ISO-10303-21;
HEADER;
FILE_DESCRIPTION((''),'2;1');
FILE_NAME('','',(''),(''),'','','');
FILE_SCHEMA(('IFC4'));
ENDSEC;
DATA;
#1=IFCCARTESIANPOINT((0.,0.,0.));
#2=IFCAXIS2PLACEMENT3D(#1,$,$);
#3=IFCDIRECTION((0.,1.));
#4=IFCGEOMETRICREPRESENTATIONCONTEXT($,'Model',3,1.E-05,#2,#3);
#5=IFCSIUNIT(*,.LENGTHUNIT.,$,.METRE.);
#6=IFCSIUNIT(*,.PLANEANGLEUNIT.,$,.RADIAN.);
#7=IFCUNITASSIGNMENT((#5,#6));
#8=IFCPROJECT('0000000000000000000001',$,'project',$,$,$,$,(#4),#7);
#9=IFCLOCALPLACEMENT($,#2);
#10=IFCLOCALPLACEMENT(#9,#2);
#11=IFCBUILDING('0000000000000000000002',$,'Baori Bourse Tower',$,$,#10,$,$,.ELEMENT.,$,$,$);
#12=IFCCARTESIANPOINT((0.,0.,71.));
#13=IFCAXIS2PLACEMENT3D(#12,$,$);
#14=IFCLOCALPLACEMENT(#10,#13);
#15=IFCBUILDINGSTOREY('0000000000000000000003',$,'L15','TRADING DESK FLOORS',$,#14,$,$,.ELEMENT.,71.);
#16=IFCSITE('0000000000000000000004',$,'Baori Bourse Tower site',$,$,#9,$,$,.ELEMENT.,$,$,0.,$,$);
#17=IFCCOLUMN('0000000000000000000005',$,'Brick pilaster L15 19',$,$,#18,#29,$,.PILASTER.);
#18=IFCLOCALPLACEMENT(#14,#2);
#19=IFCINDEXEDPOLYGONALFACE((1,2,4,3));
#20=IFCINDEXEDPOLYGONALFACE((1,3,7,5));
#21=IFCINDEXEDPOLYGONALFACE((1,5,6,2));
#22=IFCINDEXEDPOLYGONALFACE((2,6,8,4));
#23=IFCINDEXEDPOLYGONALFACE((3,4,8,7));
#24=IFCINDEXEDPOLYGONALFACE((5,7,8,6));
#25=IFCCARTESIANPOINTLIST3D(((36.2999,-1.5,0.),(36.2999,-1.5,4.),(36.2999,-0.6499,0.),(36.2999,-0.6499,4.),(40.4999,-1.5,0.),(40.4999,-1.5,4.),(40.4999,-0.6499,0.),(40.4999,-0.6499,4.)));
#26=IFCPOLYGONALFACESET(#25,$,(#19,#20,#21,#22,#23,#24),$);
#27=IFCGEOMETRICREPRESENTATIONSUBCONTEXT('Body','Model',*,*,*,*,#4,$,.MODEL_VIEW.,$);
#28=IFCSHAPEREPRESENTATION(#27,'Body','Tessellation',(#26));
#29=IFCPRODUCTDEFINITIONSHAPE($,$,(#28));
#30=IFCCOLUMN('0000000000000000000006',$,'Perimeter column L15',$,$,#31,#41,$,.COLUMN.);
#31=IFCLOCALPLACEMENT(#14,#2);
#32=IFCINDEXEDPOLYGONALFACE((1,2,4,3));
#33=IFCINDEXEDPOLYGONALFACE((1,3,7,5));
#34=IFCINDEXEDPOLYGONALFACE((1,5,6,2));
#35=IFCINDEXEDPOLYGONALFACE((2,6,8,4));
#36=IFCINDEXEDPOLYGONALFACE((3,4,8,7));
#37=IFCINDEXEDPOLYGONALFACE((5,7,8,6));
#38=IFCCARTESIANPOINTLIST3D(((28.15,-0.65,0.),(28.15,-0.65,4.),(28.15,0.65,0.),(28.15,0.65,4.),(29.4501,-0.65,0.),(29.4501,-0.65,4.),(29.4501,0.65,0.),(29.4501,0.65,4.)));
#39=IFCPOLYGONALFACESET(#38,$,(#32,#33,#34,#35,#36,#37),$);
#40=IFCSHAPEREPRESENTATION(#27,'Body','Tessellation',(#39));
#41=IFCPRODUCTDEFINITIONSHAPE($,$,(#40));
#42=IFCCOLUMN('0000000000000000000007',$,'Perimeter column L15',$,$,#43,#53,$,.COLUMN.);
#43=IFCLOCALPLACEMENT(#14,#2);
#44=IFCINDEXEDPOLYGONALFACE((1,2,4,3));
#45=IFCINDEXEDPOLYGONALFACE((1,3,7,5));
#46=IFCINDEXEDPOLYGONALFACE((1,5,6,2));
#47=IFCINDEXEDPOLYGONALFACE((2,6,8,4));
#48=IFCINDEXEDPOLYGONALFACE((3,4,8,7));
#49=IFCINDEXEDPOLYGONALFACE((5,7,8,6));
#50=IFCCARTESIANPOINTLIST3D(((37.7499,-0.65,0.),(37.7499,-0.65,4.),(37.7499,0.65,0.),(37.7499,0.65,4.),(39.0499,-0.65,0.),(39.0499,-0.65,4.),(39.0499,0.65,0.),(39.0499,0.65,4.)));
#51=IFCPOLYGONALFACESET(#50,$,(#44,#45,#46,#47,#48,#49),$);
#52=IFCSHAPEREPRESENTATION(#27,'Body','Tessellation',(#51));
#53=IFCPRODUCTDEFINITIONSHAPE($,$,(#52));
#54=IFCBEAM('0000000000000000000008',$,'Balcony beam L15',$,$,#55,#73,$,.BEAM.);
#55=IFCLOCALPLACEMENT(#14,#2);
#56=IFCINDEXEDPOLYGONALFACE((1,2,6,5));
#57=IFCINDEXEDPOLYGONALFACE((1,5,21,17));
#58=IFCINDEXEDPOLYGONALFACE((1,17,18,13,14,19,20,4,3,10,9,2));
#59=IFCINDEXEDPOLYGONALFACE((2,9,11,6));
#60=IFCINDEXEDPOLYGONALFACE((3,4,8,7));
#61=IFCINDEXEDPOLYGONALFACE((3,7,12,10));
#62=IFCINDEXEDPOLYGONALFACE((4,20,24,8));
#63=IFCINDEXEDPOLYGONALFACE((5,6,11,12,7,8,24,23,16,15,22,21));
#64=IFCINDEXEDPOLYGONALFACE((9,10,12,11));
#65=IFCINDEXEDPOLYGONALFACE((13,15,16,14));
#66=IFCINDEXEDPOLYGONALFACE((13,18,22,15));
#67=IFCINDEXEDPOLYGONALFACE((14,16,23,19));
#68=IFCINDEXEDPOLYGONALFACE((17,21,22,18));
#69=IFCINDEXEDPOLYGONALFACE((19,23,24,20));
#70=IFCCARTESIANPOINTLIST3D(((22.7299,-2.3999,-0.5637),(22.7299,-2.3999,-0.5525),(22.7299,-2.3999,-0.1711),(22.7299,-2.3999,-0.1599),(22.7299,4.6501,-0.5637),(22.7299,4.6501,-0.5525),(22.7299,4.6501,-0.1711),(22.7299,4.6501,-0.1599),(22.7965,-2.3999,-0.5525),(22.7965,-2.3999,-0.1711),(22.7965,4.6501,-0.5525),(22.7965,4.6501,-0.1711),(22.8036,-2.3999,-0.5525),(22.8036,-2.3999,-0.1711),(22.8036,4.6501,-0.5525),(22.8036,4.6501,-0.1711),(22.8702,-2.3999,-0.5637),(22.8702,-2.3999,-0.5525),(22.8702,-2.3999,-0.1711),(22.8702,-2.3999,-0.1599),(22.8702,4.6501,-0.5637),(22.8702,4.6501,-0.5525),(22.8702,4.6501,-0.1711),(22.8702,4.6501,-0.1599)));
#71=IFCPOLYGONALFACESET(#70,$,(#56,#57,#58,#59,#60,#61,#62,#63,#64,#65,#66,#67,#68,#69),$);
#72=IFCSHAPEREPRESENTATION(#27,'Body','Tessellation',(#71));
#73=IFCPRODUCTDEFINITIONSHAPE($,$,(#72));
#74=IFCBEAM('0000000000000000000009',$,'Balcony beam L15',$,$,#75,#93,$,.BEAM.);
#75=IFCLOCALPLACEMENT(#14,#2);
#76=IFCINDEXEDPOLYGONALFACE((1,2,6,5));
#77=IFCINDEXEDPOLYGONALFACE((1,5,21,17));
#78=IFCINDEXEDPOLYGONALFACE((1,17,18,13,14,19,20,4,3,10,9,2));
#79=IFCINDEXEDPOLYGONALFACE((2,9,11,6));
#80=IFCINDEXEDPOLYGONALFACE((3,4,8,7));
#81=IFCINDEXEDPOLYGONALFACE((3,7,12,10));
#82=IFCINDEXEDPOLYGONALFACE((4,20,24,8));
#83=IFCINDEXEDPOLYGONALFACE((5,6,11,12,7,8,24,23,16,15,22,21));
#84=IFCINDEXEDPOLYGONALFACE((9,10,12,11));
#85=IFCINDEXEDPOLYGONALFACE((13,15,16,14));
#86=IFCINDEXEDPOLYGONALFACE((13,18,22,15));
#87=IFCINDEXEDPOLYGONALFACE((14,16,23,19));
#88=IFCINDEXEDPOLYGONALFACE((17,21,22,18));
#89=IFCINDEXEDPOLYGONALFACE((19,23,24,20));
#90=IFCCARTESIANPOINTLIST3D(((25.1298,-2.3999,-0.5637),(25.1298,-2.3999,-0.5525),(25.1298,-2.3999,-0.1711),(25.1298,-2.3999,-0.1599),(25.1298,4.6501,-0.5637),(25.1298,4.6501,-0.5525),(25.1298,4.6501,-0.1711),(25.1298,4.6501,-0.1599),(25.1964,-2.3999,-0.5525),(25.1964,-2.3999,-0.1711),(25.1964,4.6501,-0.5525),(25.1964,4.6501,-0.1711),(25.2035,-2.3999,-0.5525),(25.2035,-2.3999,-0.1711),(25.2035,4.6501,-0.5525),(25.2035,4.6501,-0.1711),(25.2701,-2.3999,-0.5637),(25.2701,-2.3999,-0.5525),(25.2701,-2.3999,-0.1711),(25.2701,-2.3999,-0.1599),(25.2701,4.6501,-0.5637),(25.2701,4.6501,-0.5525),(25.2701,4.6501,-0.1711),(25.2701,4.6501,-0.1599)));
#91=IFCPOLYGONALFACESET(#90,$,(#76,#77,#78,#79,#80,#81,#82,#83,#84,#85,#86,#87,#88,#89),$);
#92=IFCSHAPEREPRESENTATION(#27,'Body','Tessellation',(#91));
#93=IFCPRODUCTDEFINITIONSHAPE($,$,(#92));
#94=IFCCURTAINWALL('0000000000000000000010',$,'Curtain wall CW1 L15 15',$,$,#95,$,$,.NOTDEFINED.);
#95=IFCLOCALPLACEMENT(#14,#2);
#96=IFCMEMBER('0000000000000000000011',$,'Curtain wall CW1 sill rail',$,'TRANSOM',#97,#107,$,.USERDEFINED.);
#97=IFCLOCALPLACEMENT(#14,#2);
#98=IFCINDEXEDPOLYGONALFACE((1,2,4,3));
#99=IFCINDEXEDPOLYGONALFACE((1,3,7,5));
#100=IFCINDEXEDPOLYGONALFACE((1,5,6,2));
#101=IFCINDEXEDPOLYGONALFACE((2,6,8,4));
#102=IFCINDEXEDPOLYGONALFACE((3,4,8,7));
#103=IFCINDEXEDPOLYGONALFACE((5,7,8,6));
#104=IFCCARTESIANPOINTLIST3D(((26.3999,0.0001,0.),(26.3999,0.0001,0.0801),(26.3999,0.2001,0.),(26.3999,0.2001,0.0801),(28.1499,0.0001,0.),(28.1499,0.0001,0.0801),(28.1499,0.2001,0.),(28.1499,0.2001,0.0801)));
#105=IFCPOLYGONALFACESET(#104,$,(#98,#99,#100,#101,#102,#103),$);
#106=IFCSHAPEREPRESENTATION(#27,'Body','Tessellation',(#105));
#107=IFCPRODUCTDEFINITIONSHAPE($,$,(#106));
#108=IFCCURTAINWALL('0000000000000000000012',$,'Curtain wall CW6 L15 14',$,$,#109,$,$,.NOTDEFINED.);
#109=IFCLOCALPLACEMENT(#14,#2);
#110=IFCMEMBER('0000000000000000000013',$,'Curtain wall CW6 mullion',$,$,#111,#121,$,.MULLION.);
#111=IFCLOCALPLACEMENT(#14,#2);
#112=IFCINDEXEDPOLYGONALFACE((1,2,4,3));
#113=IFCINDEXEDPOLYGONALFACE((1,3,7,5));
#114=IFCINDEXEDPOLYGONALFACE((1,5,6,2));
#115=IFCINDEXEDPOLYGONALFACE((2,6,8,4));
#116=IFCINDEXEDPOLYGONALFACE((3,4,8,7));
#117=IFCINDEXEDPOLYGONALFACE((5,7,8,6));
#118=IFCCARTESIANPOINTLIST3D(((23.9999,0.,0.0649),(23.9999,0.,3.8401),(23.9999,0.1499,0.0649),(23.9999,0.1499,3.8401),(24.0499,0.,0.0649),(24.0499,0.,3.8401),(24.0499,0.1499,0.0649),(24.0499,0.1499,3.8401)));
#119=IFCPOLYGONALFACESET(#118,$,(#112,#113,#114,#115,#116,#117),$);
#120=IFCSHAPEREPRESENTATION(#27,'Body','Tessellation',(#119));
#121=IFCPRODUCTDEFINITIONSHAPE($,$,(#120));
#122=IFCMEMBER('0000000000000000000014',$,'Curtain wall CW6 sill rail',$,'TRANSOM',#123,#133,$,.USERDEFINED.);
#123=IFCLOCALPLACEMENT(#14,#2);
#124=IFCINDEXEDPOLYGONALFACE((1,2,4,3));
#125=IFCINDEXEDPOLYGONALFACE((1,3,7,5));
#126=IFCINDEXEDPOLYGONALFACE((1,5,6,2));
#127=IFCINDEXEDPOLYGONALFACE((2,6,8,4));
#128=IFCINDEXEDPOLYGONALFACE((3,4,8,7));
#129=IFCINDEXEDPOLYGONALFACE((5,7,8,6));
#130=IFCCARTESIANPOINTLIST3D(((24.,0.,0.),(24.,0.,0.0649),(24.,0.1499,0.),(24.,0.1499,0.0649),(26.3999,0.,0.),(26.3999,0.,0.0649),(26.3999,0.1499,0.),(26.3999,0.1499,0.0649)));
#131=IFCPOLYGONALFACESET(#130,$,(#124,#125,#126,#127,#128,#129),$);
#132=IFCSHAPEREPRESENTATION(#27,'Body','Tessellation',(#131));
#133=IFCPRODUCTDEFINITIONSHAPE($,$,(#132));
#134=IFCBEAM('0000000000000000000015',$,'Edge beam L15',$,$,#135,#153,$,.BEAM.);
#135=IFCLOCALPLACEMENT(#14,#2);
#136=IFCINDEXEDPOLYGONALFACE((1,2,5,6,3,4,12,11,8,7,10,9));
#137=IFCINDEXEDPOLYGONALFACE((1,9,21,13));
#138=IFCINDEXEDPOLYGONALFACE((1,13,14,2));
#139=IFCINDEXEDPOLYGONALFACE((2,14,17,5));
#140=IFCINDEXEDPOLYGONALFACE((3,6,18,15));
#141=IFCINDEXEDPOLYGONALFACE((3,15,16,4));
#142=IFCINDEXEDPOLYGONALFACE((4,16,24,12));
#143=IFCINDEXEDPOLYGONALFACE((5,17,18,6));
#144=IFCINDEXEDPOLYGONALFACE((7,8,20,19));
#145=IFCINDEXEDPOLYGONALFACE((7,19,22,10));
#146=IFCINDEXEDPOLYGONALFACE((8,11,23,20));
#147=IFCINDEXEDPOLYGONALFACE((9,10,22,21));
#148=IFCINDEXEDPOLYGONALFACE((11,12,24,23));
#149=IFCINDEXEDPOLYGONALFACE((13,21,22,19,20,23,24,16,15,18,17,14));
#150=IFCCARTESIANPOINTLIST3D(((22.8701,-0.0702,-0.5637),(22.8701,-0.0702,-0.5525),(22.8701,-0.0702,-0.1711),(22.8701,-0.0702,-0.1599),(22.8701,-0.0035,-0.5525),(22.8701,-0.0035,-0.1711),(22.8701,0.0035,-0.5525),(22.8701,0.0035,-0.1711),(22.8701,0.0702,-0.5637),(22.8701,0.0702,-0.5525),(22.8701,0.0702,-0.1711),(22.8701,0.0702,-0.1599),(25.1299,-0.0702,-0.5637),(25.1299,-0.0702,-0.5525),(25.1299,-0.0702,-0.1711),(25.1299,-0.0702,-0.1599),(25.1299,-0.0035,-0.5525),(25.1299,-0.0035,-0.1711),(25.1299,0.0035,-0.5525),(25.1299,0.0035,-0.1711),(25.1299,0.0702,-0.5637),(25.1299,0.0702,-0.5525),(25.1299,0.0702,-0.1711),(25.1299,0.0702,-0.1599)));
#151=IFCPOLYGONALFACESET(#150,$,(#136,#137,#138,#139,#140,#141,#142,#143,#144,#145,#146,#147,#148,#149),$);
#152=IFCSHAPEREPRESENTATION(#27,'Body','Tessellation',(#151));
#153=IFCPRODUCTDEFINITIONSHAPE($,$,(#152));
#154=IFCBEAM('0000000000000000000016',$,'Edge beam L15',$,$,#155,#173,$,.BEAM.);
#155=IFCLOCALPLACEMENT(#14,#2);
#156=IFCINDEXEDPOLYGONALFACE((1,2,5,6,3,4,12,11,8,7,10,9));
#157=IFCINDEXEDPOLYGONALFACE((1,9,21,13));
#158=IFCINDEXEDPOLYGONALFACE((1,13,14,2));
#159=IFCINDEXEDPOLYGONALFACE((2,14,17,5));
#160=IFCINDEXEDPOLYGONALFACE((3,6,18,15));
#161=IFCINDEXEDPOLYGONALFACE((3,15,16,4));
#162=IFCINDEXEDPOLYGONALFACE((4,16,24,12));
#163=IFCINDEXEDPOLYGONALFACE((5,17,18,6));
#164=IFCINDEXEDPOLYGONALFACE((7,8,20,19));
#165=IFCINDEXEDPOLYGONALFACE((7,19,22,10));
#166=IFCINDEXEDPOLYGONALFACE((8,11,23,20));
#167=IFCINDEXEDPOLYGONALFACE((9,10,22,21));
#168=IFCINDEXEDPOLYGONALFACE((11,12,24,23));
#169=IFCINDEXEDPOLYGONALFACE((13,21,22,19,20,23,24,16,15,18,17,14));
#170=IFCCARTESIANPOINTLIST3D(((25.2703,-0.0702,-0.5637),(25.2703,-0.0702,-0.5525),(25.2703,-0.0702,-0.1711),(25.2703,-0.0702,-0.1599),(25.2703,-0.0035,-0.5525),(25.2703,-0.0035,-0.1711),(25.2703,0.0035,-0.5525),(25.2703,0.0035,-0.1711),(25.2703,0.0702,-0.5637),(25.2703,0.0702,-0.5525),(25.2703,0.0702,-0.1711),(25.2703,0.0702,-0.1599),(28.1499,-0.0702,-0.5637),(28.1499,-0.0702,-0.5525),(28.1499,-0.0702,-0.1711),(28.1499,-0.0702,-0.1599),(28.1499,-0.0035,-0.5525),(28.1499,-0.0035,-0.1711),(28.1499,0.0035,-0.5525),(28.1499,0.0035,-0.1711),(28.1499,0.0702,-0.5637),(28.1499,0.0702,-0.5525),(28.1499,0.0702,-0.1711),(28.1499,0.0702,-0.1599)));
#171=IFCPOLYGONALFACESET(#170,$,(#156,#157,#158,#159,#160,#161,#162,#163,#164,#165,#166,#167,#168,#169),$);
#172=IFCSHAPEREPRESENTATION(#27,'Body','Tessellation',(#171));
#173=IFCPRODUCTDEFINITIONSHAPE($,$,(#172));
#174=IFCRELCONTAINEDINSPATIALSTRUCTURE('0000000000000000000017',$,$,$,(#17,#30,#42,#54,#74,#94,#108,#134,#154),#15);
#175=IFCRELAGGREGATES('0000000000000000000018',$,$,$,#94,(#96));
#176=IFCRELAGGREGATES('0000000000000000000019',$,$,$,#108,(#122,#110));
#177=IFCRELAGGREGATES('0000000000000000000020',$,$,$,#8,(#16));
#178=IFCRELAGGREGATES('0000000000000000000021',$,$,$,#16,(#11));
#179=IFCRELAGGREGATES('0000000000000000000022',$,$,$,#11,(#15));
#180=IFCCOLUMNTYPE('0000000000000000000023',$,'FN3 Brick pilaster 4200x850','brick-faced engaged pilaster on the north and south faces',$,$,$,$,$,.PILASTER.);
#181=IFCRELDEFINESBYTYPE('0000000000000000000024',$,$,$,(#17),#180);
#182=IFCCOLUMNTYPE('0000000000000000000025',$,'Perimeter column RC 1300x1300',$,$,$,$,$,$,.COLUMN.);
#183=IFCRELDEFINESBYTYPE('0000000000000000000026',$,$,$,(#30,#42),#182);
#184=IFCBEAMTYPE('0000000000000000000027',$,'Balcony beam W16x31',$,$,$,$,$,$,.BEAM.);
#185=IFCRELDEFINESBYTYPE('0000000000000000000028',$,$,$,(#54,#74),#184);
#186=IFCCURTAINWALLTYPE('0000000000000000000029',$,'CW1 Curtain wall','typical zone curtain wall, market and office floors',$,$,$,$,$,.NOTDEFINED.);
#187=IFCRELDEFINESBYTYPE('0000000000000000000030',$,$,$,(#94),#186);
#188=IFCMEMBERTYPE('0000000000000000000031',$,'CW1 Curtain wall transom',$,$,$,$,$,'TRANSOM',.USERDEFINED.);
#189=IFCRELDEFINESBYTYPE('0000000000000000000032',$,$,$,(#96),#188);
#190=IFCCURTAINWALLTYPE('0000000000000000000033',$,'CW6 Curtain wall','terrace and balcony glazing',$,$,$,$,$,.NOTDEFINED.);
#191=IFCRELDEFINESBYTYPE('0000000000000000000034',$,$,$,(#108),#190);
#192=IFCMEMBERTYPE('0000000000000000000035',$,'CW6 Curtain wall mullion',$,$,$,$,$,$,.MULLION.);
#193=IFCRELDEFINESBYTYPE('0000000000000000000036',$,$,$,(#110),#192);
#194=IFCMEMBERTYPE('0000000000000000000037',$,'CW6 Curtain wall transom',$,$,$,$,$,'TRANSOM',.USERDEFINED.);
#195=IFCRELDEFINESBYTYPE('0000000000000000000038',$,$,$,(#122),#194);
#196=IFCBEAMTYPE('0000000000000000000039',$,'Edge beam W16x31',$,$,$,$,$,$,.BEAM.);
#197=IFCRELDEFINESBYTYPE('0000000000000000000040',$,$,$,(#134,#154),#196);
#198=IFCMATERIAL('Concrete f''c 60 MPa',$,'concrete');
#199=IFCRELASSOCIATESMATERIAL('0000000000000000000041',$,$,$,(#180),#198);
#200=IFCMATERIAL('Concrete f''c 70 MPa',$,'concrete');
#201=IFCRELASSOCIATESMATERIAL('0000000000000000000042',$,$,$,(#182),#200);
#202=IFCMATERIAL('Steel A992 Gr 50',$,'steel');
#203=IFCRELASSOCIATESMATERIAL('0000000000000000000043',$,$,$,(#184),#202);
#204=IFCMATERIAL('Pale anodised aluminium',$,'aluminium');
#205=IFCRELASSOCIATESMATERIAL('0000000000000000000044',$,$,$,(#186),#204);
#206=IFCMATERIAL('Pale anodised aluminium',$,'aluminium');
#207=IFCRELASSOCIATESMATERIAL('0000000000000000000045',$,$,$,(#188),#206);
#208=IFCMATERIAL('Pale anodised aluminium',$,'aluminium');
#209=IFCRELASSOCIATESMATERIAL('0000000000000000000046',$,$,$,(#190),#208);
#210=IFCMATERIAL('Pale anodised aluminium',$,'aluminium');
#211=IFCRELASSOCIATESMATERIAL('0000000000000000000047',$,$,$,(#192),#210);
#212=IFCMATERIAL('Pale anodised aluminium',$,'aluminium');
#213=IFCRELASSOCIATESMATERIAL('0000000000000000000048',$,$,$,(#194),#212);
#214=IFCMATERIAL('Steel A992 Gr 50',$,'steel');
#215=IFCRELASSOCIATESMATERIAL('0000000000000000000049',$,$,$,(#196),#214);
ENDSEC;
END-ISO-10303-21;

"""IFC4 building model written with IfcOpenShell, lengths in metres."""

from ifc_helpers import new_model, si_unit, direction, frame, origin, origin_2d, place, context, subcontext, project, spatial, rectangle, i_section, extrude, material, material_profile, profile_set, type_object, element, aggregate, save


model = new_model("IFC4")

# Units and contexts
model_context = context("Model", 3, precision=1e-05, world=origin(), true_north=direction((0.0, 1.0)))
body_context = subcontext(model_context, "Body", "Model", "MODEL_VIEW")
ifc_project = project(units=[si_unit("LENGTHUNIT", "METRE"), si_unit("PLANEANGLEUNIT", "RADIAN")], contexts=[model_context])

# Site, building, storey
site_placement = place(None, origin())
site = spatial("IfcSite", under=ifc_project, at=site_placement, Name="Baori Bourse Tower site", CompositionType="ELEMENT", RefElevation=0.0)
building_placement = place(site_placement, origin())
building = spatial("IfcBuilding", under=site, at=building_placement, Name="Baori Bourse Tower", CompositionType="ELEMENT")
storey_placement = place(building_placement, frame((0.0, 0.0, 71.0)))
storey = spatial("IfcBuildingStorey", under=building, at=storey_placement, Name="L15", Description="TRADING DESK FLOORS", CompositionType="ELEMENT", Elevation=71.0)

# Columns
ifc_material_1 = material(Name="Concrete f'c 60 MPa", Category="concrete")
ifc_material_profile_1 = material_profile(ifc_material_1, rectangle(XDim=4.2, YDim=0.8501, at=origin_2d()), Name="RC 4200x850")
ifc_profile_set_1 = profile_set([ifc_material_profile_1], Name="Concrete f'c 60 MPa")
column_type_1 = type_object("IfcColumnType", Name="FN3 Brick pilaster 4200x850", Description="brick-faced engaged pilaster on the north and south faces", PredefinedType="PILASTER", material=ifc_profile_set_1)
column_placement = place(storey_placement, frame((38.3999, -1.075, 0.0), z_axis=(0.0, 0.0, 1.0), x_axis=(1.0, 0.0, 0.0)))
element("IfcColumn", 1, at=column_placement, inside=storey, type_object=column_type_1, Name="Brick pilaster L15 19", PredefinedType="PILASTER", context=body_context, shape_type="SweptSolid", body=[
    extrude(rectangle(XDim=4.2, YDim=0.8501, at=origin_2d()), origin(), (0.0, 0.0, 1.0), 4.0),
])
ifc_material_2 = material(Name="Concrete f'c 70 MPa", Category="concrete")
ifc_material_profile_2 = material_profile(ifc_material_2, rectangle(XDim=1.3, YDim=1.3, at=origin_2d()), Name="RC 1300x1300")
ifc_profile_set_2 = profile_set([ifc_material_profile_2], Name="Concrete f'c 70 MPa")
column_type_2 = type_object("IfcColumnType", Name="Perimeter column RC 1300x1300", PredefinedType="COLUMN", material=ifc_profile_set_2)
for number, where, z_axis, x_axis, name in (
    (2, (28.8, 0.0, 0.0), (0.0, 0.0, 1.0), (1.0, 0.0, 0.0), "Perimeter column L15"),
    (3, (38.3999, 0.0, 0.0), (0.0, 0.0, 1.0), (1.0, 0.0, 0.0), "Perimeter column L15"),
):
    element("IfcColumn", number, at=place(storey_placement, frame(where, z_axis=z_axis, x_axis=x_axis)), inside=storey, type_object=column_type_2, Name=name, PredefinedType="COLUMN", context=body_context, shape_type="SweptSolid", body=[
        extrude(rectangle(XDim=1.3, YDim=1.3, at=origin_2d()), origin(), (0.0, 0.0, 1.0), 4.0),
    ])

# Beams
ifc_material_3 = material(Name="Steel A992 Gr 50", Category="steel")
ifc_material_profile_3 = material_profile(ifc_material_3, i_section(OverallWidth=0.1404, OverallDepth=0.4038, WebThickness=0.0071, FlangeThickness=0.0112, at=origin_2d()), Name="W16x31")
ifc_profile_set_3 = profile_set([ifc_material_profile_3], Name="Steel A992 Gr 50")
beam_type_1 = type_object("IfcBeamType", Name="Balcony beam W16x31", PredefinedType="BEAM", material=ifc_profile_set_3)
for number, where, z_axis, x_axis, name in (
    (4, (22.8, -2.3999, -0.3618), (0.0, 1.0, 0.0), (-1.0, 0.0, 0.0), "Balcony beam L15"),
    (5, (25.2, -2.3999, -0.3618), (0.0, 1.0, 0.0), (-1.0, 0.0, 0.0), "Balcony beam L15"),
):
    element("IfcBeam", number, at=place(storey_placement, frame(where, z_axis=z_axis, x_axis=x_axis)), inside=storey, type_object=beam_type_1, Name=name, PredefinedType="BEAM", context=body_context, shape_type="SweptSolid", body=[
        extrude(i_section(OverallWidth=0.1404, OverallDepth=0.4038, WebThickness=0.0071, FlangeThickness=0.0112, at=origin_2d()), origin(), (0.0, 0.0, 1.0), 7.05),
    ])

# Curtain wall, member
ifc_material_4 = material(Name="Pale anodised aluminium", Category="aluminium")
curtain_wall_type_1 = type_object("IfcCurtainWallType", Name="CW1 Curtain wall", Description="typical zone curtain wall, market and office floors", PredefinedType="NOTDEFINED", material=ifc_material_4)
curtain_wall_1_placement = place(storey_placement, origin())
curtain_wall_1 = element("IfcCurtainWall", 6, at=curtain_wall_1_placement, inside=storey, type_object=curtain_wall_type_1, Name="Curtain wall CW1 L15 15", PredefinedType="NOTDEFINED")
ifc_material_5 = material(Name="Pale anodised aluminium", Category="aluminium")
ifc_material_profile_4 = material_profile(ifc_material_5, rectangle(XDim=0.2, YDim=0.0801, at=origin_2d()), Name="Transom 80x200")
ifc_profile_set_4 = profile_set([ifc_material_profile_4], Name="Pale anodised aluminium")
member_type_1 = type_object("IfcMemberType", Name="CW1 Curtain wall transom", ElementType="TRANSOM", PredefinedType="USERDEFINED", material=ifc_profile_set_4)
member_1_placement = place(storey_placement, frame((26.3999, 0.1001, 0.04), z_axis=(1.0, 0.0, 0.0), x_axis=(0.0, 1.0, 0.0)))
member_1 = element("IfcMember", 7, at=member_1_placement, type_object=member_type_1, Name="Curtain wall CW1 sill rail", ObjectType="TRANSOM", PredefinedType="USERDEFINED", context=body_context, shape_type="SweptSolid", body=[
    extrude(rectangle(XDim=0.2, YDim=0.0801, at=origin_2d()), origin(), (0.0, 0.0, 1.0), 1.75),
])
aggregate(curtain_wall_1, [member_1])

# Curtain wall, members
ifc_material_6 = material(Name="Pale anodised aluminium", Category="aluminium")
curtain_wall_type_2 = type_object("IfcCurtainWallType", Name="CW6 Curtain wall", Description="terrace and balcony glazing", PredefinedType="NOTDEFINED", material=ifc_material_6)
curtain_wall_2_placement = place(storey_placement, origin())
curtain_wall_2 = element("IfcCurtainWall", 8, at=curtain_wall_2_placement, inside=storey, type_object=curtain_wall_type_2, Name="Curtain wall CW6 L15 14", PredefinedType="NOTDEFINED")
ifc_material_7 = material(Name="Pale anodised aluminium", Category="aluminium")
ifc_material_profile_5 = material_profile(ifc_material_7, rectangle(XDim=0.1499, YDim=0.05, at=origin_2d()), Name="Mullion 50x150")
ifc_profile_set_5 = profile_set([ifc_material_profile_5], Name="Pale anodised aluminium")
member_type_2 = type_object("IfcMemberType", Name="CW6 Curtain wall mullion", PredefinedType="MULLION", material=ifc_profile_set_5)
member_2_placement = place(storey_placement, frame((24.0249, 0.075, 0.0649), z_axis=(0.0, 0.0, 1.0), x_axis=(0.0, 1.0, 0.0)))
member_2 = element("IfcMember", 9, at=member_2_placement, type_object=member_type_2, Name="Curtain wall CW6 mullion", PredefinedType="MULLION", context=body_context, shape_type="SweptSolid", body=[
    extrude(rectangle(XDim=0.1499, YDim=0.05, at=origin_2d()), origin(), (0.0, 0.0, 1.0), 3.7751),
])
ifc_material_8 = material(Name="Pale anodised aluminium", Category="aluminium")
ifc_material_profile_6 = material_profile(ifc_material_8, rectangle(XDim=0.1499, YDim=0.0649, at=origin_2d()), Name="Transom 65x150")
ifc_profile_set_6 = profile_set([ifc_material_profile_6], Name="Pale anodised aluminium")
member_type_3 = type_object("IfcMemberType", Name="CW6 Curtain wall transom", ElementType="TRANSOM", PredefinedType="USERDEFINED", material=ifc_profile_set_6)
member_3_placement = place(storey_placement, frame((24.0, 0.075, 0.0325), z_axis=(1.0, 0.0, 0.0), x_axis=(0.0, 1.0, 0.0)))
member_3 = element("IfcMember", 10, at=member_3_placement, type_object=member_type_3, Name="Curtain wall CW6 sill rail", ObjectType="TRANSOM", PredefinedType="USERDEFINED", context=body_context, shape_type="SweptSolid", body=[
    extrude(rectangle(XDim=0.1499, YDim=0.0649, at=origin_2d()), origin(), (0.0, 0.0, 1.0), 2.3999),
])

# Beams
ifc_material_9 = material(Name="Steel A992 Gr 50", Category="steel")
ifc_material_profile_7 = material_profile(ifc_material_9, i_section(OverallWidth=0.1404, OverallDepth=0.4038, WebThickness=0.0071, FlangeThickness=0.0112, at=origin_2d()), Name="W16x31")
ifc_profile_set_7 = profile_set([ifc_material_profile_7], Name="Steel A992 Gr 50")
beam_type_2 = type_object("IfcBeamType", Name="Edge beam W16x31", PredefinedType="BEAM", material=ifc_profile_set_7)
beam_1_placement = place(storey_placement, frame((22.8701, 0.0, -0.3618), z_axis=(1.0, 0.0, 0.0), x_axis=(0.0, 1.0, 0.0)))
element("IfcBeam", 11, at=beam_1_placement, inside=storey, type_object=beam_type_2, Name="Edge beam L15", PredefinedType="BEAM", context=body_context, shape_type="SweptSolid", body=[
    extrude(i_section(OverallWidth=0.1404, OverallDepth=0.4038, WebThickness=0.0071, FlangeThickness=0.0112, at=origin_2d()), origin(), (0.0, 0.0, 1.0), 2.2598),
])
beam_2_placement = place(storey_placement, frame((25.2703, 0.0, -0.3618), z_axis=(1.0, 0.0, 0.0), x_axis=(0.0, 1.0, 0.0)))
element("IfcBeam", 12, at=beam_2_placement, inside=storey, type_object=beam_type_2, Name="Edge beam L15", PredefinedType="BEAM", context=body_context, shape_type="SweptSolid", body=[
    extrude(i_section(OverallWidth=0.1404, OverallDepth=0.4038, WebThickness=0.0071, FlangeThickness=0.0112, at=origin_2d()), origin(), (0.0, 0.0, 1.0), 2.8796),
])

aggregate(curtain_wall_2, [member_3, member_2])

save(model, "model.ifc")
